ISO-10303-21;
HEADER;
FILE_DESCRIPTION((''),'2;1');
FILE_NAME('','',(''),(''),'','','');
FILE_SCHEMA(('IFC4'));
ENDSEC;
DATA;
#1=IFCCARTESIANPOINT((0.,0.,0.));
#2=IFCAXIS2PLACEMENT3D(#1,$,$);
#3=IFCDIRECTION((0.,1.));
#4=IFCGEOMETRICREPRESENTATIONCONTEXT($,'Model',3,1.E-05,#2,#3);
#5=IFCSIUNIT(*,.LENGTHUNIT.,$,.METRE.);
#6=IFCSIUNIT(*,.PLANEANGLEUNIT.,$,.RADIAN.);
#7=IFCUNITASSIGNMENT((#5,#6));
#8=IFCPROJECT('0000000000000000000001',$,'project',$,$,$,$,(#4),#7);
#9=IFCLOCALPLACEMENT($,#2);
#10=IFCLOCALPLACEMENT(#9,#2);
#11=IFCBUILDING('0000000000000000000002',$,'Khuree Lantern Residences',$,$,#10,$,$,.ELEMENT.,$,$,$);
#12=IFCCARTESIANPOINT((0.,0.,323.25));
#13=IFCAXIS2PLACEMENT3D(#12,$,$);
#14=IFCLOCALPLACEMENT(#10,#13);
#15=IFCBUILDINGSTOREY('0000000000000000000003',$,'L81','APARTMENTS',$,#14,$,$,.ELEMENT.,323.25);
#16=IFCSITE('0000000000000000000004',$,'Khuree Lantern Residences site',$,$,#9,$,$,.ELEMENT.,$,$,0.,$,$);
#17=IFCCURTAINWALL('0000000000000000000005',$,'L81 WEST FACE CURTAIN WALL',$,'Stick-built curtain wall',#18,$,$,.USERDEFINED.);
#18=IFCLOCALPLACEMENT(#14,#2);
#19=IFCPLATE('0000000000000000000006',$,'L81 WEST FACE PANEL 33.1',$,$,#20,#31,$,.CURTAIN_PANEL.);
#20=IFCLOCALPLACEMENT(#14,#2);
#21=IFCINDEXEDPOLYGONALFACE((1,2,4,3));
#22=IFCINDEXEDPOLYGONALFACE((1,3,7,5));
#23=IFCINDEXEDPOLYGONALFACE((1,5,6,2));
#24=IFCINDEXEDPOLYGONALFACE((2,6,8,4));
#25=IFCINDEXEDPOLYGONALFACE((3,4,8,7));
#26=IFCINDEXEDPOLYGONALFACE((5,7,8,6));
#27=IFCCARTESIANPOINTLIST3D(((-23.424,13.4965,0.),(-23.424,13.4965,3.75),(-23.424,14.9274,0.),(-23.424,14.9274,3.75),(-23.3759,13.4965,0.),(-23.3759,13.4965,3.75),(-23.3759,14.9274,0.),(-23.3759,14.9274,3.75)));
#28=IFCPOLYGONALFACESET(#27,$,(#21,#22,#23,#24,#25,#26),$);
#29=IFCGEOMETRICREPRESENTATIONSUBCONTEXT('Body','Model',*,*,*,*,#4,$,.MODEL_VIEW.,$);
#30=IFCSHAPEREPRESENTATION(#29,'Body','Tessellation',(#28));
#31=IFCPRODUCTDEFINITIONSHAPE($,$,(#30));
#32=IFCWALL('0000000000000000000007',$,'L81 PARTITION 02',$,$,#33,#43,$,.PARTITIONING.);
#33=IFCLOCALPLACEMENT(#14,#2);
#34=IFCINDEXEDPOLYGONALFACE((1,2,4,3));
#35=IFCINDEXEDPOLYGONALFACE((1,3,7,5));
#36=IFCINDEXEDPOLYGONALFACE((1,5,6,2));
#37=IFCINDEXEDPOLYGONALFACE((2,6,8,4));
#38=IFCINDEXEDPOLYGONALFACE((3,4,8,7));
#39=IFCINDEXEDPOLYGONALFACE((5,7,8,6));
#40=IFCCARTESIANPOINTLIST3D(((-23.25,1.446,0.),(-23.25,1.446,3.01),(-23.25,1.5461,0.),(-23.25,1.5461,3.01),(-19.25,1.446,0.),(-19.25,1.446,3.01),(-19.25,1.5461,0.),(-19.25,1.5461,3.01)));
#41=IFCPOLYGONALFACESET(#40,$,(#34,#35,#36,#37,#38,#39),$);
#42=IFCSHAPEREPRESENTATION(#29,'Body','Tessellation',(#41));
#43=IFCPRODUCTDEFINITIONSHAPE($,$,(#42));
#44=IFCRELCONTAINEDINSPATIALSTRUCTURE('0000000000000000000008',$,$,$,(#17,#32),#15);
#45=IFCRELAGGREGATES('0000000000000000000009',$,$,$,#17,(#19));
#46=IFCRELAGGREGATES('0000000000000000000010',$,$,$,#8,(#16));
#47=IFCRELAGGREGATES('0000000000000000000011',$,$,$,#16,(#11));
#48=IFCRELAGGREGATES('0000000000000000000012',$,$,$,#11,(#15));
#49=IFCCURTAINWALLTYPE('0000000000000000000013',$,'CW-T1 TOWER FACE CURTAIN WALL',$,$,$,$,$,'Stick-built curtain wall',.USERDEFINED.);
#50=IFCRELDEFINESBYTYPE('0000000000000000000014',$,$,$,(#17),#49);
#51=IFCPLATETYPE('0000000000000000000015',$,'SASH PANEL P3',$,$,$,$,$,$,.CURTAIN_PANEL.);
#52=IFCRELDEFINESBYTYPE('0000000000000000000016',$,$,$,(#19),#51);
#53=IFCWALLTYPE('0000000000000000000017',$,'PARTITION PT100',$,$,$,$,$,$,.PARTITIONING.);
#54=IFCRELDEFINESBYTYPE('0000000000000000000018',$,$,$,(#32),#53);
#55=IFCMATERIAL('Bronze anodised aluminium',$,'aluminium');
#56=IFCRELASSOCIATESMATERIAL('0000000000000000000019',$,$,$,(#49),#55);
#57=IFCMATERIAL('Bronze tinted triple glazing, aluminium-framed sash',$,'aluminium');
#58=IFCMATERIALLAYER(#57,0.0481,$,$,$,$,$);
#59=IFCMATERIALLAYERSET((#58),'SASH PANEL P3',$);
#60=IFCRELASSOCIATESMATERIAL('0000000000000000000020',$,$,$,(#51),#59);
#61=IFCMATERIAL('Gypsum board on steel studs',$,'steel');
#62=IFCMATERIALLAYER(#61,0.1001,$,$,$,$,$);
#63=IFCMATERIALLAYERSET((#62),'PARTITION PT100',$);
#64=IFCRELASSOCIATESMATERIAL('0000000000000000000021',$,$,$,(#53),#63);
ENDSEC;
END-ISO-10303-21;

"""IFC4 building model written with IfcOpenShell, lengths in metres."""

from ifc_helpers import new_model, si_unit, direction, frame, frame_2d, origin, origin_2d, place, context, subcontext, project, spatial, rectangle, extrude, material, layer, layer_set, type_object, element, aggregate, save


model = new_model("IFC4")

# Units and contexts
model_context = context("Model", 3, precision=1e-05, world=origin(), true_north=direction((0.0, 1.0)))
body_context = subcontext(model_context, "Body", "Model", "MODEL_VIEW")
ifc_project = project(units=[si_unit("LENGTHUNIT", "METRE"), si_unit("PLANEANGLEUNIT", "RADIAN")], contexts=[model_context])

# Site, building, storey
site_placement = place(None, origin())
site = spatial("IfcSite", under=ifc_project, at=site_placement, Name="Khuree Lantern Residences site", CompositionType="ELEMENT", RefElevation=0.0)
building_placement = place(site_placement, origin())
building = spatial("IfcBuilding", under=site, at=building_placement, Name="Khuree Lantern Residences", CompositionType="ELEMENT")
storey_placement = place(building_placement, frame((0.0, 0.0, 323.25)))
storey = spatial("IfcBuildingStorey", under=building, at=storey_placement, Name="L81", Description="APARTMENTS", CompositionType="ELEMENT", Elevation=323.25)

# Curtain wall
ifc_material_1 = material(Name="Bronze anodised aluminium", Category="aluminium")
curtain_wall_type = type_object("IfcCurtainWallType", Name="CW-T1 TOWER FACE CURTAIN WALL", ElementType="Stick-built curtain wall", PredefinedType="USERDEFINED", material=ifc_material_1)
curtain_wall_placement = place(storey_placement, origin())
curtain_wall = element("IfcCurtainWall", 1, at=curtain_wall_placement, inside=storey, type_object=curtain_wall_type, Name="L81 WEST FACE CURTAIN WALL", ObjectType="Stick-built curtain wall", PredefinedType="USERDEFINED")

# Plate
ifc_material_2 = material(Name="Bronze tinted triple glazing, aluminium-framed sash", Category="aluminium")
ifc_layer_1 = layer(ifc_material_2, 0.0481)
ifc_layer_set_1 = layer_set([ifc_layer_1], Name="SASH PANEL P3")
plate_type_1 = type_object("IfcPlateType", Name="SASH PANEL P3", PredefinedType="CURTAIN_PANEL", material=ifc_layer_set_1)
plate_1_placement = place(storey_placement, frame((-23.3999, 14.2119, 0.0), z_axis=(0.0, 0.0, 1.0), x_axis=(0.0, -1.0, 0.0)))
plate_1 = element("IfcPlate", 2, at=plate_1_placement, type_object=plate_type_1, Name="L81 WEST FACE PANEL 33.1", PredefinedType="CURTAIN_PANEL", context=body_context, shape_type="SweptSolid", body=[
    extrude(rectangle(XDim=1.4309, YDim=0.0481, at=origin_2d()), origin(), (0.0, 0.0, 1.0), 3.75),
])
aggregate(curtain_wall, [plate_1])

# Wall
ifc_material_3 = material(Name="Gypsum board on steel studs", Category="steel")
ifc_layer_2 = layer(ifc_material_3, 0.1001)
ifc_layer_set_2 = layer_set([ifc_layer_2], Name="PARTITION PT100")
wall_type = type_object("IfcWallType", Name="PARTITION PT100", PredefinedType="PARTITIONING", material=ifc_layer_set_2)
wall_placement = place(storey_placement, frame((-19.25, 1.4961, 0.0), z_axis=(0.0, 0.0, 1.0), x_axis=(-1.0, 0.0, 0.0)))
element("IfcWall", 3, at=wall_placement, inside=storey, type_object=wall_type, Name="L81 PARTITION 02", PredefinedType="PARTITIONING", context=body_context, shape_type="SweptSolid", body=[
    extrude(rectangle(XDim=4.0, YDim=0.1001, at=frame_2d((2.0, 0.0))), origin(), (0.0, 0.0, 1.0), 3.01),
])

save(model, "model.ifc")
